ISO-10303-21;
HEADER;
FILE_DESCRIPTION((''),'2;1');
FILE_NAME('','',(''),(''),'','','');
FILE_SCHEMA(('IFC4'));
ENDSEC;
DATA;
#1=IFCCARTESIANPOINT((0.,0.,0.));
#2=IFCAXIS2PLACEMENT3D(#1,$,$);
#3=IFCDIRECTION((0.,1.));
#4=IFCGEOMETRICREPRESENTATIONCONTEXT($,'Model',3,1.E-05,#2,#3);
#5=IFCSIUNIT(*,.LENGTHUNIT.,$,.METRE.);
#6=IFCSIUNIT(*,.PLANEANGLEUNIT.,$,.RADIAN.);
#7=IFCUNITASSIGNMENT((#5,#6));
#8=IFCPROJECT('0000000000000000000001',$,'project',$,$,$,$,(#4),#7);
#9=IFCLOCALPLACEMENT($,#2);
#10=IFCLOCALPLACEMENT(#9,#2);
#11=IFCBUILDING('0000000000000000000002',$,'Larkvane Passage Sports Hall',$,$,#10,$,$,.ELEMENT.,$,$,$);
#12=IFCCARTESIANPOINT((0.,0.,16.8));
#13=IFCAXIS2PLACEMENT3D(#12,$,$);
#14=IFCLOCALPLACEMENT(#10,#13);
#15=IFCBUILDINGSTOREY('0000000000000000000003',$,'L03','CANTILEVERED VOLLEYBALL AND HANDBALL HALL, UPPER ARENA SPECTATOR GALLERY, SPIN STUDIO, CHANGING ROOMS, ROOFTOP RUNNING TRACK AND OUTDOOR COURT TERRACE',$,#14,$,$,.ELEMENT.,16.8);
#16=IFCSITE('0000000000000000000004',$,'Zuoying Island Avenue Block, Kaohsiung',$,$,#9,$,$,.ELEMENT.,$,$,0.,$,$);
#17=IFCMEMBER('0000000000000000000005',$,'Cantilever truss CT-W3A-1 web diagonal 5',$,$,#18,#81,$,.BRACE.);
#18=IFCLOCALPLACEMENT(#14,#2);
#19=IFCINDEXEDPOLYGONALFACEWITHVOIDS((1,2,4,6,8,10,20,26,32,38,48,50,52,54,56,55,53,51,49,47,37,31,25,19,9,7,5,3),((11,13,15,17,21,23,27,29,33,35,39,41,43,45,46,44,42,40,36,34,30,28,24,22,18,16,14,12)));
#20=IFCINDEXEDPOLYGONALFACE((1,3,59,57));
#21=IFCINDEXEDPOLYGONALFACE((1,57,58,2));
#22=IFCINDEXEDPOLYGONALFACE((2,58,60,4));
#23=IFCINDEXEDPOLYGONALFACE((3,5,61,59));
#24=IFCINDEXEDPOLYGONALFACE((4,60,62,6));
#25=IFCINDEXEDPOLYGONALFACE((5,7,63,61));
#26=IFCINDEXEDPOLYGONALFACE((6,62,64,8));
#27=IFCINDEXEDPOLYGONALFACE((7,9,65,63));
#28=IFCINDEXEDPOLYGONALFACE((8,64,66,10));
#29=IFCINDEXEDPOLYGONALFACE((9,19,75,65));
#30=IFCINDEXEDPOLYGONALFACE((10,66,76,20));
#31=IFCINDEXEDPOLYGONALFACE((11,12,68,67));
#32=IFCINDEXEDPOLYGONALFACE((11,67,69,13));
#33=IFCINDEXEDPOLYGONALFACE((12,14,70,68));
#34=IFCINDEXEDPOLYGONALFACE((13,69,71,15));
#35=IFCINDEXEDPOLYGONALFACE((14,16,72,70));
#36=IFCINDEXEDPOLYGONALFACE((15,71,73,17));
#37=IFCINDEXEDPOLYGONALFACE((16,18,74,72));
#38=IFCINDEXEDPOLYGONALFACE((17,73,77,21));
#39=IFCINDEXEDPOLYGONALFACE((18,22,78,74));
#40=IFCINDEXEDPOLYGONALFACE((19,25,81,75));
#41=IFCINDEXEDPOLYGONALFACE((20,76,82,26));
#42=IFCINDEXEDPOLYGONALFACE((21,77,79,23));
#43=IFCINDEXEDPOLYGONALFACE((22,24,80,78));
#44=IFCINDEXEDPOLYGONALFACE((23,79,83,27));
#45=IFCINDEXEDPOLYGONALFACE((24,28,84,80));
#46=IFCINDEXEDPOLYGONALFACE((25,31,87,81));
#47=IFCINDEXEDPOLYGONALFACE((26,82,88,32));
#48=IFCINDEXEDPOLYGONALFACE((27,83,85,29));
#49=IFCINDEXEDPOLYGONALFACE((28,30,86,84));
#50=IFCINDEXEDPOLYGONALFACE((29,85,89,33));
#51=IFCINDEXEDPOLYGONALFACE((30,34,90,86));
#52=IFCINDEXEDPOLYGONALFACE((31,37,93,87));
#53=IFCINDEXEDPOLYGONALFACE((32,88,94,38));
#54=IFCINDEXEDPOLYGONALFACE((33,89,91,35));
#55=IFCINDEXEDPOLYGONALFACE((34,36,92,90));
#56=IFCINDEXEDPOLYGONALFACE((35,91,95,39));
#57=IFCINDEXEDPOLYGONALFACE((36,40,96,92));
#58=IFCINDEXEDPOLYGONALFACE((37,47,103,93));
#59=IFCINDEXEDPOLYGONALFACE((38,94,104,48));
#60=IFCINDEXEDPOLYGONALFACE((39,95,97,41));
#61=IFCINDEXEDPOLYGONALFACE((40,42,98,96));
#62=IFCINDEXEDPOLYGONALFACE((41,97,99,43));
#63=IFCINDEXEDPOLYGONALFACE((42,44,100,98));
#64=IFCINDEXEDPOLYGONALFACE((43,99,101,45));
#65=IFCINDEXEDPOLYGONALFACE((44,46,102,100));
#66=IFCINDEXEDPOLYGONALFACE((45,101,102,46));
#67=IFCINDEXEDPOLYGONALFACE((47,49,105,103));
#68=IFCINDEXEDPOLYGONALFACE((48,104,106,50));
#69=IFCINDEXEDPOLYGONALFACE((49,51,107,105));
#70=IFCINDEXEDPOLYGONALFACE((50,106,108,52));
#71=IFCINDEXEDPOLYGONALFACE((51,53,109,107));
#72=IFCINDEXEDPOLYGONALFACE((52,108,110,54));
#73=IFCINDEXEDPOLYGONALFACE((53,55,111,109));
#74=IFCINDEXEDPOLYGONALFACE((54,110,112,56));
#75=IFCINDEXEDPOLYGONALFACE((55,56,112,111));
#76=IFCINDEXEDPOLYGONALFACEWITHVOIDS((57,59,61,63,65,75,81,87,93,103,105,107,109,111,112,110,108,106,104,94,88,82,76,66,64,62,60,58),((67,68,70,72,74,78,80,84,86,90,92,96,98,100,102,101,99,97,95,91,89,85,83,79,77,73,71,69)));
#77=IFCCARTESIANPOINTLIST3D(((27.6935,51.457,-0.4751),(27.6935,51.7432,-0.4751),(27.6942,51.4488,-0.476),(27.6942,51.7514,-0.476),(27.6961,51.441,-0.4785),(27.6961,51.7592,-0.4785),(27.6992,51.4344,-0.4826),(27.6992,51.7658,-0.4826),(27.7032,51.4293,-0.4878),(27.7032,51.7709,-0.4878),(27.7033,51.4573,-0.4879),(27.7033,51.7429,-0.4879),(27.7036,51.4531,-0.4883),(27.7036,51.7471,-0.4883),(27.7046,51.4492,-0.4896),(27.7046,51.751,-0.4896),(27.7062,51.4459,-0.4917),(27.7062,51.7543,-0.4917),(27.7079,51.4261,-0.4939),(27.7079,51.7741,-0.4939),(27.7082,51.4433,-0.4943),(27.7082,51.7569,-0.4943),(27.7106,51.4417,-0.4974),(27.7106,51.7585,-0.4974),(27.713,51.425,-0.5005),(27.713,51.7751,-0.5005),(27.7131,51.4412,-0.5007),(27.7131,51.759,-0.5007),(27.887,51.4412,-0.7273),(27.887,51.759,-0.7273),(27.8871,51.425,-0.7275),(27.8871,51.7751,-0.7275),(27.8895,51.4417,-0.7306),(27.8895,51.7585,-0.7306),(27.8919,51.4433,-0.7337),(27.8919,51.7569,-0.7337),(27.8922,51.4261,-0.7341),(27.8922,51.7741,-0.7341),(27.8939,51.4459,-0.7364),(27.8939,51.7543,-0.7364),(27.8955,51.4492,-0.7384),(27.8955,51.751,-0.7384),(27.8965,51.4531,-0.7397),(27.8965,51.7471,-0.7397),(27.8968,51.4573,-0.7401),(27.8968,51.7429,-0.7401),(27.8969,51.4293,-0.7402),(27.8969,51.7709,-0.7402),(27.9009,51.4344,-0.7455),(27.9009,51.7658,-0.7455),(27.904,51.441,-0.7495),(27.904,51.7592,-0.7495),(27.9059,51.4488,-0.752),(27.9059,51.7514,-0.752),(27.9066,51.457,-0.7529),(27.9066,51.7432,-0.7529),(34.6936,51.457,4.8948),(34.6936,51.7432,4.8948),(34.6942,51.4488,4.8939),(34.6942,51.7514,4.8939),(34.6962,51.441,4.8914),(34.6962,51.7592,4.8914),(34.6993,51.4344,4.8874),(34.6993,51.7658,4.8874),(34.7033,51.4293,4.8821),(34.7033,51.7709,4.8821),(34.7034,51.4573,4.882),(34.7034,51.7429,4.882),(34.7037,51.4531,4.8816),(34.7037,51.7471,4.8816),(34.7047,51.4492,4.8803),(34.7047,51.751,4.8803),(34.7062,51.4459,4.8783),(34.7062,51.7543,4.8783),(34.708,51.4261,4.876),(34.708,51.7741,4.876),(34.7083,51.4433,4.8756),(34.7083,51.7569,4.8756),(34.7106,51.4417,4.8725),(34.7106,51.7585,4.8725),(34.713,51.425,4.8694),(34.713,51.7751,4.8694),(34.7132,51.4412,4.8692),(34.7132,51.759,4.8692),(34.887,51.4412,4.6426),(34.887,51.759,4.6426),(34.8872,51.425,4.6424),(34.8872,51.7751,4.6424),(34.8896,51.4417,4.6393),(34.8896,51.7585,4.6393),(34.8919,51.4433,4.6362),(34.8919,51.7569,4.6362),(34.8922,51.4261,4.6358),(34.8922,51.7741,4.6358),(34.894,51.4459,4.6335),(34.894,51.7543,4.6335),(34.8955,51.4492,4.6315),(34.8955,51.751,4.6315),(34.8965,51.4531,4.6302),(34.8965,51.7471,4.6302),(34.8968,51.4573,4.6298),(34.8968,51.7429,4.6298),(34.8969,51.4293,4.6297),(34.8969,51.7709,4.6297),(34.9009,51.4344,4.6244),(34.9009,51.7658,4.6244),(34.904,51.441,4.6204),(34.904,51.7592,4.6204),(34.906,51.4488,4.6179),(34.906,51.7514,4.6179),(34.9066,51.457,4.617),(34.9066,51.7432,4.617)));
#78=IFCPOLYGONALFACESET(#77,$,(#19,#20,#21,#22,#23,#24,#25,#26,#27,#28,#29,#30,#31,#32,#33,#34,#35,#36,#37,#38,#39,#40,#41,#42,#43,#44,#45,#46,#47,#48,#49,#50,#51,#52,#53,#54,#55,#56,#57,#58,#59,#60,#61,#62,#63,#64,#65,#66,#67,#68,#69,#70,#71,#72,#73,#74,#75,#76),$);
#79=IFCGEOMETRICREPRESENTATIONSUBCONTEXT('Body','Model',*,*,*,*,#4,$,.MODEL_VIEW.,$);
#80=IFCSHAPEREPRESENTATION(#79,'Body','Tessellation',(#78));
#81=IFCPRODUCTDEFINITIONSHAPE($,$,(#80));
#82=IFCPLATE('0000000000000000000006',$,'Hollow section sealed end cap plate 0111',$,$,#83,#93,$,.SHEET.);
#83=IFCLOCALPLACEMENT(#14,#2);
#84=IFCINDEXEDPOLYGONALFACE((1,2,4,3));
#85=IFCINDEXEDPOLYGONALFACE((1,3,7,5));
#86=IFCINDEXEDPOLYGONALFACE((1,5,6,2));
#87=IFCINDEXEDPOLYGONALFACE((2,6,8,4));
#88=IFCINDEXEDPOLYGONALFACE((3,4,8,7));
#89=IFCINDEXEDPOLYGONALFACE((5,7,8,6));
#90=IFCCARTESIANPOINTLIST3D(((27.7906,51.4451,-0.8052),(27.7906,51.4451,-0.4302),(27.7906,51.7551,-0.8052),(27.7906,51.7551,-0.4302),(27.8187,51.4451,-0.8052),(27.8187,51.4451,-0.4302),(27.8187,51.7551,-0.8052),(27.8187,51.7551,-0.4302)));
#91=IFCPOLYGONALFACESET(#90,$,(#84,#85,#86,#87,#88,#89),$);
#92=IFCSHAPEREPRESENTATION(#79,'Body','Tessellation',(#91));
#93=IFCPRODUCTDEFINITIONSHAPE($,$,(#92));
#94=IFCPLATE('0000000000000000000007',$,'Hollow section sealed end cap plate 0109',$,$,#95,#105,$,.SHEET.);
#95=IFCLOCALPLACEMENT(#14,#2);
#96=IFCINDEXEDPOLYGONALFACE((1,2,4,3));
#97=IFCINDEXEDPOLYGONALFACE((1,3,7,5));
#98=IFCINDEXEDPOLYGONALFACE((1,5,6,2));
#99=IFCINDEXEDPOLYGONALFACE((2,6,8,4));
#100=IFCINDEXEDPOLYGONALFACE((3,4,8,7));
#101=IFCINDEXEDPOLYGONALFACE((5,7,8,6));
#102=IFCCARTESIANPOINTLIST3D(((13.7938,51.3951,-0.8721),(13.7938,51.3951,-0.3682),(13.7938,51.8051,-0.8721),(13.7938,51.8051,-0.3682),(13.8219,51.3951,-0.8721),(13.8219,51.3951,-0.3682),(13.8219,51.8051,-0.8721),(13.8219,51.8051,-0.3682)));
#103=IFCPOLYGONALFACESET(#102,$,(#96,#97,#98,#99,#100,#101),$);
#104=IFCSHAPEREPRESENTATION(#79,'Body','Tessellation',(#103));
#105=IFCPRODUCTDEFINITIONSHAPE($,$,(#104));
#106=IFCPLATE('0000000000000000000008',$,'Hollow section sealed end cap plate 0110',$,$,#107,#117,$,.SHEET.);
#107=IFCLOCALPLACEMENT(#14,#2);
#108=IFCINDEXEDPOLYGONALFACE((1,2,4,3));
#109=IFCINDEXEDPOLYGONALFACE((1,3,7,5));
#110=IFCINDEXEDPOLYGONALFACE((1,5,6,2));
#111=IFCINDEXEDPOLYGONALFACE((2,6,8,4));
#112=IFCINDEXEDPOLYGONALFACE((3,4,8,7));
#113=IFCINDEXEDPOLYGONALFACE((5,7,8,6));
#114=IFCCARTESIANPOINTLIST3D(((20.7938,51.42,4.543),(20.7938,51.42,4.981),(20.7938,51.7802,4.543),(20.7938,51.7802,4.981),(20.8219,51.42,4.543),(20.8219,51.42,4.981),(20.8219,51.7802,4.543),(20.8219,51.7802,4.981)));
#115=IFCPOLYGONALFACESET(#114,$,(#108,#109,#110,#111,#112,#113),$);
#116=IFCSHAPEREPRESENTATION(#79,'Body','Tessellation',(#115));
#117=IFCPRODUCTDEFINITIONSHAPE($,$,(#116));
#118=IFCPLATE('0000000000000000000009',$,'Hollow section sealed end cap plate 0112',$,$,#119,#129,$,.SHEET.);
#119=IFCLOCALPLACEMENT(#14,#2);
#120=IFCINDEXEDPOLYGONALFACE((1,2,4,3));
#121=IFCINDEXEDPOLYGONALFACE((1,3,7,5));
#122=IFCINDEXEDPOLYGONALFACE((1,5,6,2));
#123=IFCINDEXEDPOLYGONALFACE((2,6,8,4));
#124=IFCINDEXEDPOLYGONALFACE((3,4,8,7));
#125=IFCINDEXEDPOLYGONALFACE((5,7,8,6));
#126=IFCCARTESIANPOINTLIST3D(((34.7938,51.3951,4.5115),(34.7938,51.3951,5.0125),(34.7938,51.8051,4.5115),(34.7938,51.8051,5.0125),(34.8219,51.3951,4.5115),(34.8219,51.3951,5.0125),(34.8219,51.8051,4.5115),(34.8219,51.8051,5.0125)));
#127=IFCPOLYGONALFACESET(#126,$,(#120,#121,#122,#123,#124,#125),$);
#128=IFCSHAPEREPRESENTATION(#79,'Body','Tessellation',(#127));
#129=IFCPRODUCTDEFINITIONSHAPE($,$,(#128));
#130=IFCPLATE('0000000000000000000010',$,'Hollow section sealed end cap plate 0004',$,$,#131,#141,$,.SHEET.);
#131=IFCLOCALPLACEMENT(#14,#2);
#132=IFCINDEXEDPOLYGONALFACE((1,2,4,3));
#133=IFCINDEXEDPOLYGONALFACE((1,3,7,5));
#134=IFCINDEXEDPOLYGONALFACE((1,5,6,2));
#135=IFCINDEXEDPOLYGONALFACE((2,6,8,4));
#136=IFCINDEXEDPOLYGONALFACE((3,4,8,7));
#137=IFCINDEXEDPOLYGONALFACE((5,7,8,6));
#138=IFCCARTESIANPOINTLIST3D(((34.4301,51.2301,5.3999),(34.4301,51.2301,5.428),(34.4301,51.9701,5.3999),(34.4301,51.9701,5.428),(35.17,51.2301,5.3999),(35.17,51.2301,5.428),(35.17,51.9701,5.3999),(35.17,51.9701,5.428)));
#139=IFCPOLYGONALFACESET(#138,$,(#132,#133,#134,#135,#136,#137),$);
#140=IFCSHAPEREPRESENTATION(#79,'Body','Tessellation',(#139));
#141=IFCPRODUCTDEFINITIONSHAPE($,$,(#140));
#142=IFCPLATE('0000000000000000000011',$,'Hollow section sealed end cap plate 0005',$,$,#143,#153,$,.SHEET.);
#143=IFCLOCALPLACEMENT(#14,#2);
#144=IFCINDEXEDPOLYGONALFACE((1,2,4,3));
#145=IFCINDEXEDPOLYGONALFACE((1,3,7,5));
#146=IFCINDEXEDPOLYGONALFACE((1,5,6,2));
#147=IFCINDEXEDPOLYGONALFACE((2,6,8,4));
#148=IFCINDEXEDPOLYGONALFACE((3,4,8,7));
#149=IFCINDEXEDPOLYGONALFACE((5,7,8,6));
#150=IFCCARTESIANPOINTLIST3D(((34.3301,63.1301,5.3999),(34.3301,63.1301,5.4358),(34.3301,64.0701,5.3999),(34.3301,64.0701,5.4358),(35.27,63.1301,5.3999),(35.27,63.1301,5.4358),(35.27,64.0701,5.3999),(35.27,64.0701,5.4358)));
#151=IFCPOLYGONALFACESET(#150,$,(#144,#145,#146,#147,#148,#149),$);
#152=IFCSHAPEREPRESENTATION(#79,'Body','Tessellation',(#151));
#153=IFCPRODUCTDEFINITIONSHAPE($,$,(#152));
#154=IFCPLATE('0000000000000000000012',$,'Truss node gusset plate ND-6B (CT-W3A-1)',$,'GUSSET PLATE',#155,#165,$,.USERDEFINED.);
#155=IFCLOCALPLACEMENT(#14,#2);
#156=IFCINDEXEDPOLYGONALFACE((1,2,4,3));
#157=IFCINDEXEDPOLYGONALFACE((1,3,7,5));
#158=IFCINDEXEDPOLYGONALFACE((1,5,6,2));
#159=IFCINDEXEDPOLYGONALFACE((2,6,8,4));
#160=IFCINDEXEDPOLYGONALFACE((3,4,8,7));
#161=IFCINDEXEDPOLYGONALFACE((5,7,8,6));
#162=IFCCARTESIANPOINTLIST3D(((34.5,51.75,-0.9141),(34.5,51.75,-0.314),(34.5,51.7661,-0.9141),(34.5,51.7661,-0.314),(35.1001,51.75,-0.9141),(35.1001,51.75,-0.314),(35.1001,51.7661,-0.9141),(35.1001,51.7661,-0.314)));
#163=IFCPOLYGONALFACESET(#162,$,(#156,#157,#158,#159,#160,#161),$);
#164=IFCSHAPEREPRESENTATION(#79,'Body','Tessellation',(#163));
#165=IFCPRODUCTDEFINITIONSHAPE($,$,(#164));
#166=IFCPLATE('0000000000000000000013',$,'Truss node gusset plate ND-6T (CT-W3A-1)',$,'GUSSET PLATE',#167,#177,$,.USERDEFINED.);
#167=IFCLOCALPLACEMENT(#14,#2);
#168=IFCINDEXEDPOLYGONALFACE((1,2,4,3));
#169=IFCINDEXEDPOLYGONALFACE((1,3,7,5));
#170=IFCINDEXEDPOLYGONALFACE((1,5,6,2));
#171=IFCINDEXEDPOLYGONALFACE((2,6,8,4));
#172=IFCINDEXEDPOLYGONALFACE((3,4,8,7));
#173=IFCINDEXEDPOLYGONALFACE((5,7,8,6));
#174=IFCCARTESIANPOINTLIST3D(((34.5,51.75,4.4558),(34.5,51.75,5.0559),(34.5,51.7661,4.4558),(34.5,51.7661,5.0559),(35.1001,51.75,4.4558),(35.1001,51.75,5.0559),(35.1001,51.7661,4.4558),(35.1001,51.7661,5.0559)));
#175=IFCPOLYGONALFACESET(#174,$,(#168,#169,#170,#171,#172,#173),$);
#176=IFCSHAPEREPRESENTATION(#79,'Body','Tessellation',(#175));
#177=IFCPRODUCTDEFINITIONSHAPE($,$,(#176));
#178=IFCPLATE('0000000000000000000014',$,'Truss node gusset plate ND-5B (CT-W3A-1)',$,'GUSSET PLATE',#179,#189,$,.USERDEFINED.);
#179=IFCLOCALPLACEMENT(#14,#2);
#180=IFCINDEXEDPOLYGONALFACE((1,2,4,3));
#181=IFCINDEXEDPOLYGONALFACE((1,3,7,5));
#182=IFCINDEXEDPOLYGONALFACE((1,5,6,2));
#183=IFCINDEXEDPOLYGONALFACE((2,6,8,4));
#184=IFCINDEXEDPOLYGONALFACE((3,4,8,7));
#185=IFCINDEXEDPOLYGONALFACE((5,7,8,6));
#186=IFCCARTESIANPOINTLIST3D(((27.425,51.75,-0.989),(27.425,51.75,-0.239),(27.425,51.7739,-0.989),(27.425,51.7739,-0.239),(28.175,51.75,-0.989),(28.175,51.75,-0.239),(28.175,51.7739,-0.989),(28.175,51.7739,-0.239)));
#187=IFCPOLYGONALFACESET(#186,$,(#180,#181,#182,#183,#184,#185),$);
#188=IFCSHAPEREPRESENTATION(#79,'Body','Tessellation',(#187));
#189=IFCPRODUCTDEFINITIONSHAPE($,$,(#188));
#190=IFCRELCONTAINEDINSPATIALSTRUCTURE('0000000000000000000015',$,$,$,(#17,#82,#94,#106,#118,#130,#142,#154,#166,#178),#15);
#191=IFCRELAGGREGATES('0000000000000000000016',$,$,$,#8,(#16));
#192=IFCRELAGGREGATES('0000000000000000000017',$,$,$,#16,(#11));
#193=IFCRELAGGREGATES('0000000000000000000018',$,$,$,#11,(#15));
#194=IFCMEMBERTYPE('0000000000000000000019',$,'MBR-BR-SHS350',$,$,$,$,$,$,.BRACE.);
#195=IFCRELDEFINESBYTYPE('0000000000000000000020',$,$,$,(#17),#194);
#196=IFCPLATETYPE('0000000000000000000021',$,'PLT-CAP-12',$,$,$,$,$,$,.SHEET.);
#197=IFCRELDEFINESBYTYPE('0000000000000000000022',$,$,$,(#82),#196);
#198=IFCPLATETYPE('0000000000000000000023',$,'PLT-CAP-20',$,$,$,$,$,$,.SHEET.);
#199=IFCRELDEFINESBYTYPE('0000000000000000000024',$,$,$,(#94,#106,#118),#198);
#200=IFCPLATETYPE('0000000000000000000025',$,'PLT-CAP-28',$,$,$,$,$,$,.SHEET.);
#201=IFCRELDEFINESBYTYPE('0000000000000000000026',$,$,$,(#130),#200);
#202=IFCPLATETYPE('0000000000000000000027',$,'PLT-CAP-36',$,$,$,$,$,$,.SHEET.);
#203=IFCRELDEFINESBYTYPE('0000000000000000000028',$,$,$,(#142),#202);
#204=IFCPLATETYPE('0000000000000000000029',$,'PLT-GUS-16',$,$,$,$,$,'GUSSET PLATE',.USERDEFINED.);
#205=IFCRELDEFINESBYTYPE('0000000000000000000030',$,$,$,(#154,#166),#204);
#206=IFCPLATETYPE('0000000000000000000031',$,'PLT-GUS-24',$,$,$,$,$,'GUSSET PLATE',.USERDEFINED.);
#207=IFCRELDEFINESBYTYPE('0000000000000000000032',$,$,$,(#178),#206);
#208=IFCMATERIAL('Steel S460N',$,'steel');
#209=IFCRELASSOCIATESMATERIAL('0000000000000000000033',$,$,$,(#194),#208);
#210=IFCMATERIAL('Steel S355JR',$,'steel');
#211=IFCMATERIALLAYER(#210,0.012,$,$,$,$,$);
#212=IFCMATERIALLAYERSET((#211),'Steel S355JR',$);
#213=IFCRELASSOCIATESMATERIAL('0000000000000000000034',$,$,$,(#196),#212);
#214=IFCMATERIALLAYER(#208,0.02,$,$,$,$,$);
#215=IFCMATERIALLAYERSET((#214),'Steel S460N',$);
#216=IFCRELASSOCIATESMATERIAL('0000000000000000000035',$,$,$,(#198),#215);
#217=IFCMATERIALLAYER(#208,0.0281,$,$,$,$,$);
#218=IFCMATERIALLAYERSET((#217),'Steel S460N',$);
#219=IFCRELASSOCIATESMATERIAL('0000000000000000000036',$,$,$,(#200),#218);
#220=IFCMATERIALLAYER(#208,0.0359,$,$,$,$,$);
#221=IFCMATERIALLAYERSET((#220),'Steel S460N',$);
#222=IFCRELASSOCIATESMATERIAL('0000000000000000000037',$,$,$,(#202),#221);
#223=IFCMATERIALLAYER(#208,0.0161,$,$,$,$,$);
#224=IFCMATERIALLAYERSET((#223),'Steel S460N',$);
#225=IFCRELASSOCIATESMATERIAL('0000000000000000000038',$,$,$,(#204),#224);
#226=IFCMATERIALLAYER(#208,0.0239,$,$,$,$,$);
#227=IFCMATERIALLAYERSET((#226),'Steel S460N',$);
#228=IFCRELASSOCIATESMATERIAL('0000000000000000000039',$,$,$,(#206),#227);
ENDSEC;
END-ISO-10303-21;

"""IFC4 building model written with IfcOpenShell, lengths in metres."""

from ifc_helpers import new_model, si_unit, direction, frame, origin, origin_2d, place, context, subcontext, project, spatial, rectangle, hollow_rectangle, extrude, material, layer, layer_set, material_profile, profile_set, type_object, element, save


model = new_model("IFC4")

# Units and contexts
model_context = context("Model", 3, precision=1e-05, world=origin(), true_north=direction((0.0, 1.0)))
body_context = subcontext(model_context, "Body", "Model", "MODEL_VIEW")
ifc_project = project(units=[si_unit("LENGTHUNIT", "METRE"), si_unit("PLANEANGLEUNIT", "RADIAN")], contexts=[model_context])

# Site, building, storey
site_placement = place(None, origin())
site = spatial("IfcSite", under=ifc_project, at=site_placement, Name="Zuoying Island Avenue Block, Kaohsiung", CompositionType="ELEMENT", RefElevation=0.0)
building_placement = place(site_placement, origin())
building = spatial("IfcBuilding", under=site, at=building_placement, Name="Larkvane Passage Sports Hall", CompositionType="ELEMENT")
storey_placement = place(building_placement, frame((0.0, 0.0, 16.8)))
storey = spatial("IfcBuildingStorey", under=building, at=storey_placement, Name="L03", Description="CANTILEVERED VOLLEYBALL AND HANDBALL HALL, UPPER ARENA SPECTATOR GALLERY, SPIN STUDIO, CHANGING ROOMS, ROOFTOP RUNNING TRACK AND OUTDOOR COURT TERRACE", CompositionType="ELEMENT", Elevation=16.8)

# Shared definitions
ifc_material_1 = material(Name="Steel S460N", Category="steel")

# Shared definitions
ifc_material_2 = material(Name="Steel S355JR", Category="steel")

# Member
ifc_material_profile_1 = material_profile(ifc_material_1, hollow_rectangle(XDim=0.3501, YDim=0.3501, WallThickness=0.0161, InnerFilletRadius=0.0161, OuterFilletRadius=0.032, at=origin_2d()), Name="SHS-350x350x16")
ifc_profile_set_1 = profile_set([ifc_material_profile_1], Name="Steel S460N")
member_type_1 = type_object("IfcMemberType", Name="MBR-BR-SHS350", PredefinedType="BRACE", material=ifc_profile_set_1)
member_1_placement = place(storey_placement, frame((27.8, 51.6001, -0.614), z_axis=(0.793431, 0.0, 0.60866), x_axis=(0.0, 1.0, 0.0)))
element("IfcMember", 1, at=member_1_placement, inside=storey, type_object=member_type_1, Name="Cantilever truss CT-W3A-1 web diagonal 5", PredefinedType="BRACE", context=body_context, shape_type="SweptSolid", body=[
    extrude(hollow_rectangle(XDim=0.3501, YDim=0.3501, WallThickness=0.0161, InnerFilletRadius=0.0161, OuterFilletRadius=0.032, at=origin_2d()), origin(), (0.0, 0.0, 1.0), 8.8225),
])

# Plates
ifc_layer_1 = layer(ifc_material_2, 0.012)
ifc_layer_set_1 = layer_set([ifc_layer_1], Name="Steel S355JR")
plate_type_1 = type_object("IfcPlateType", Name="PLT-CAP-12", PredefinedType="SHEET", material=ifc_layer_set_1)
plate_1_placement = place(storey_placement, frame((27.8047, 51.6001, -0.8052), z_axis=(0.0, 0.0, 1.0), x_axis=(0.0, 1.0, 0.0)))
element("IfcPlate", 2, at=plate_1_placement, inside=storey, type_object=plate_type_1, Name="Hollow section sealed end cap plate 0111", PredefinedType="SHEET", context=body_context, shape_type="SweptSolid", body=[
    extrude(rectangle(XDim=0.3101, YDim=0.0281, at=origin_2d()), origin(), (0.0, 0.0, 1.0), 0.375),
])
ifc_layer_2 = layer(ifc_material_1, 0.02)
ifc_layer_set_2 = layer_set([ifc_layer_2], Name="Steel S460N")
plate_type_2 = type_object("IfcPlateType", Name="PLT-CAP-20", PredefinedType="SHEET", material=ifc_layer_set_2)
plate_2_placement = place(storey_placement, frame((13.8079, 51.6001, -0.8721), z_axis=(0.0, 0.0, 1.0), x_axis=(0.0, 1.0, 0.0)))
element("IfcPlate", 3, at=plate_2_placement, inside=storey, type_object=plate_type_2, Name="Hollow section sealed end cap plate 0109", PredefinedType="SHEET", context=body_context, shape_type="SweptSolid", body=[
    extrude(rectangle(XDim=0.4099, YDim=0.0281, at=origin_2d()), origin(), (0.0, 0.0, 1.0), 0.5039),
])
plate_3_placement = place(storey_placement, frame((20.8079, 51.6001, 4.543), z_axis=(0.0, 0.0, 1.0), x_axis=(0.0, 1.0, 0.0)))
element("IfcPlate", 4, at=plate_3_placement, inside=storey, type_object=plate_type_2, Name="Hollow section sealed end cap plate 0110", PredefinedType="SHEET", context=body_context, shape_type="SweptSolid", body=[
    extrude(rectangle(XDim=0.3601, YDim=0.0281, at=origin_2d()), origin(), (0.0, 0.0, 1.0), 0.438),
])
plate_4_placement = place(storey_placement, frame((34.8079, 51.6001, 4.5115), z_axis=(0.0, 0.0, 1.0), x_axis=(0.0, 1.0, 0.0)))
element("IfcPlate", 5, at=plate_4_placement, inside=storey, type_object=plate_type_2, Name="Hollow section sealed end cap plate 0112", PredefinedType="SHEET", context=body_context, shape_type="SweptSolid", body=[
    extrude(rectangle(XDim=0.4099, YDim=0.0281, at=origin_2d()), origin(), (0.0, 0.0, 1.0), 0.501),
])
ifc_layer_3 = layer(ifc_material_1, 0.0281)
ifc_layer_set_3 = layer_set([ifc_layer_3], Name="Steel S460N")
plate_type_3 = type_object("IfcPlateType", Name="PLT-CAP-28", PredefinedType="SHEET", material=ifc_layer_set_3)
plate_5_placement = place(storey_placement, frame((34.8, 51.6001, 5.3999), z_axis=(0.0, 0.0, 1.0), x_axis=(1.0, 0.0, 0.0)))
element("IfcPlate", 6, at=plate_5_placement, inside=storey, type_object=plate_type_3, Name="Hollow section sealed end cap plate 0004", PredefinedType="SHEET", context=body_context, shape_type="SweptSolid", body=[
    extrude(rectangle(XDim=0.74, YDim=0.74, at=origin_2d()), origin(), (0.0, 0.0, 1.0), 0.0281),
])
ifc_layer_4 = layer(ifc_material_1, 0.0359)
ifc_layer_set_4 = layer_set([ifc_layer_4], Name="Steel S460N")
plate_type_4 = type_object("IfcPlateType", Name="PLT-CAP-36", PredefinedType="SHEET", material=ifc_layer_set_4)
plate_6_placement = place(storey_placement, frame((34.8, 63.6001, 5.3999), z_axis=(0.0, 0.0, 1.0), x_axis=(1.0, 0.0, 0.0)))
element("IfcPlate", 7, at=plate_6_placement, inside=storey, type_object=plate_type_4, Name="Hollow section sealed end cap plate 0005", PredefinedType="SHEET", context=body_context, shape_type="SweptSolid", body=[
    extrude(rectangle(XDim=0.9399, YDim=0.9399, at=origin_2d()), origin(), (0.0, 0.0, 1.0), 0.0359),
])
ifc_layer_5 = layer(ifc_material_1, 0.0161)
ifc_layer_set_5 = layer_set([ifc_layer_5], Name="Steel S460N")
plate_type_5 = type_object("IfcPlateType", Name="PLT-GUS-16", ElementType="GUSSET PLATE", PredefinedType="USERDEFINED", material=ifc_layer_set_5)
for number, where, z_axis, x_axis, name in (
    (8, (34.8, 51.7581, -0.9141), (0.0, 0.0, 1.0), (1.0, 0.0, 0.0), "Truss node gusset plate ND-6B (CT-W3A-1)"),
    (9, (34.8, 51.7581, 4.4558), (0.0, 0.0, 1.0), (1.0, 0.0, 0.0), "Truss node gusset plate ND-6T (CT-W3A-1)"),
):
    element("IfcPlate", number, at=place(storey_placement, frame(where, z_axis=z_axis, x_axis=x_axis)), inside=storey, type_object=plate_type_5, Name=name, ObjectType="GUSSET PLATE", PredefinedType="USERDEFINED", context=body_context, shape_type="SweptSolid", body=[
        extrude(rectangle(XDim=0.6001, YDim=0.0161, at=origin_2d()), origin(), (0.0, 0.0, 1.0), 0.6001),
    ])
ifc_layer_6 = layer(ifc_material_1, 0.0239)
ifc_layer_set_6 = layer_set([ifc_layer_6], Name="Steel S460N")
plate_type_6 = type_object("IfcPlateType", Name="PLT-GUS-24", ElementType="GUSSET PLATE", PredefinedType="USERDEFINED", material=ifc_layer_set_6)
for number, where, z_axis, x_axis, name in (
    (10, (27.8, 51.762, -0.989), (0.0, 0.0, 1.0), (1.0, 0.0, 0.0), "Truss node gusset plate ND-5B (CT-W3A-1)"),
):
    element("IfcPlate", number, at=place(storey_placement, frame(where, z_axis=z_axis, x_axis=x_axis)), inside=storey, type_object=plate_type_6, Name=name, ObjectType="GUSSET PLATE", PredefinedType="USERDEFINED", context=body_context, shape_type="SweptSolid", body=[
        extrude(rectangle(XDim=0.75, YDim=0.0239, at=origin_2d()), origin(), (0.0, 0.0, 1.0), 0.75),
    ])

save(model, "model.ifc")
